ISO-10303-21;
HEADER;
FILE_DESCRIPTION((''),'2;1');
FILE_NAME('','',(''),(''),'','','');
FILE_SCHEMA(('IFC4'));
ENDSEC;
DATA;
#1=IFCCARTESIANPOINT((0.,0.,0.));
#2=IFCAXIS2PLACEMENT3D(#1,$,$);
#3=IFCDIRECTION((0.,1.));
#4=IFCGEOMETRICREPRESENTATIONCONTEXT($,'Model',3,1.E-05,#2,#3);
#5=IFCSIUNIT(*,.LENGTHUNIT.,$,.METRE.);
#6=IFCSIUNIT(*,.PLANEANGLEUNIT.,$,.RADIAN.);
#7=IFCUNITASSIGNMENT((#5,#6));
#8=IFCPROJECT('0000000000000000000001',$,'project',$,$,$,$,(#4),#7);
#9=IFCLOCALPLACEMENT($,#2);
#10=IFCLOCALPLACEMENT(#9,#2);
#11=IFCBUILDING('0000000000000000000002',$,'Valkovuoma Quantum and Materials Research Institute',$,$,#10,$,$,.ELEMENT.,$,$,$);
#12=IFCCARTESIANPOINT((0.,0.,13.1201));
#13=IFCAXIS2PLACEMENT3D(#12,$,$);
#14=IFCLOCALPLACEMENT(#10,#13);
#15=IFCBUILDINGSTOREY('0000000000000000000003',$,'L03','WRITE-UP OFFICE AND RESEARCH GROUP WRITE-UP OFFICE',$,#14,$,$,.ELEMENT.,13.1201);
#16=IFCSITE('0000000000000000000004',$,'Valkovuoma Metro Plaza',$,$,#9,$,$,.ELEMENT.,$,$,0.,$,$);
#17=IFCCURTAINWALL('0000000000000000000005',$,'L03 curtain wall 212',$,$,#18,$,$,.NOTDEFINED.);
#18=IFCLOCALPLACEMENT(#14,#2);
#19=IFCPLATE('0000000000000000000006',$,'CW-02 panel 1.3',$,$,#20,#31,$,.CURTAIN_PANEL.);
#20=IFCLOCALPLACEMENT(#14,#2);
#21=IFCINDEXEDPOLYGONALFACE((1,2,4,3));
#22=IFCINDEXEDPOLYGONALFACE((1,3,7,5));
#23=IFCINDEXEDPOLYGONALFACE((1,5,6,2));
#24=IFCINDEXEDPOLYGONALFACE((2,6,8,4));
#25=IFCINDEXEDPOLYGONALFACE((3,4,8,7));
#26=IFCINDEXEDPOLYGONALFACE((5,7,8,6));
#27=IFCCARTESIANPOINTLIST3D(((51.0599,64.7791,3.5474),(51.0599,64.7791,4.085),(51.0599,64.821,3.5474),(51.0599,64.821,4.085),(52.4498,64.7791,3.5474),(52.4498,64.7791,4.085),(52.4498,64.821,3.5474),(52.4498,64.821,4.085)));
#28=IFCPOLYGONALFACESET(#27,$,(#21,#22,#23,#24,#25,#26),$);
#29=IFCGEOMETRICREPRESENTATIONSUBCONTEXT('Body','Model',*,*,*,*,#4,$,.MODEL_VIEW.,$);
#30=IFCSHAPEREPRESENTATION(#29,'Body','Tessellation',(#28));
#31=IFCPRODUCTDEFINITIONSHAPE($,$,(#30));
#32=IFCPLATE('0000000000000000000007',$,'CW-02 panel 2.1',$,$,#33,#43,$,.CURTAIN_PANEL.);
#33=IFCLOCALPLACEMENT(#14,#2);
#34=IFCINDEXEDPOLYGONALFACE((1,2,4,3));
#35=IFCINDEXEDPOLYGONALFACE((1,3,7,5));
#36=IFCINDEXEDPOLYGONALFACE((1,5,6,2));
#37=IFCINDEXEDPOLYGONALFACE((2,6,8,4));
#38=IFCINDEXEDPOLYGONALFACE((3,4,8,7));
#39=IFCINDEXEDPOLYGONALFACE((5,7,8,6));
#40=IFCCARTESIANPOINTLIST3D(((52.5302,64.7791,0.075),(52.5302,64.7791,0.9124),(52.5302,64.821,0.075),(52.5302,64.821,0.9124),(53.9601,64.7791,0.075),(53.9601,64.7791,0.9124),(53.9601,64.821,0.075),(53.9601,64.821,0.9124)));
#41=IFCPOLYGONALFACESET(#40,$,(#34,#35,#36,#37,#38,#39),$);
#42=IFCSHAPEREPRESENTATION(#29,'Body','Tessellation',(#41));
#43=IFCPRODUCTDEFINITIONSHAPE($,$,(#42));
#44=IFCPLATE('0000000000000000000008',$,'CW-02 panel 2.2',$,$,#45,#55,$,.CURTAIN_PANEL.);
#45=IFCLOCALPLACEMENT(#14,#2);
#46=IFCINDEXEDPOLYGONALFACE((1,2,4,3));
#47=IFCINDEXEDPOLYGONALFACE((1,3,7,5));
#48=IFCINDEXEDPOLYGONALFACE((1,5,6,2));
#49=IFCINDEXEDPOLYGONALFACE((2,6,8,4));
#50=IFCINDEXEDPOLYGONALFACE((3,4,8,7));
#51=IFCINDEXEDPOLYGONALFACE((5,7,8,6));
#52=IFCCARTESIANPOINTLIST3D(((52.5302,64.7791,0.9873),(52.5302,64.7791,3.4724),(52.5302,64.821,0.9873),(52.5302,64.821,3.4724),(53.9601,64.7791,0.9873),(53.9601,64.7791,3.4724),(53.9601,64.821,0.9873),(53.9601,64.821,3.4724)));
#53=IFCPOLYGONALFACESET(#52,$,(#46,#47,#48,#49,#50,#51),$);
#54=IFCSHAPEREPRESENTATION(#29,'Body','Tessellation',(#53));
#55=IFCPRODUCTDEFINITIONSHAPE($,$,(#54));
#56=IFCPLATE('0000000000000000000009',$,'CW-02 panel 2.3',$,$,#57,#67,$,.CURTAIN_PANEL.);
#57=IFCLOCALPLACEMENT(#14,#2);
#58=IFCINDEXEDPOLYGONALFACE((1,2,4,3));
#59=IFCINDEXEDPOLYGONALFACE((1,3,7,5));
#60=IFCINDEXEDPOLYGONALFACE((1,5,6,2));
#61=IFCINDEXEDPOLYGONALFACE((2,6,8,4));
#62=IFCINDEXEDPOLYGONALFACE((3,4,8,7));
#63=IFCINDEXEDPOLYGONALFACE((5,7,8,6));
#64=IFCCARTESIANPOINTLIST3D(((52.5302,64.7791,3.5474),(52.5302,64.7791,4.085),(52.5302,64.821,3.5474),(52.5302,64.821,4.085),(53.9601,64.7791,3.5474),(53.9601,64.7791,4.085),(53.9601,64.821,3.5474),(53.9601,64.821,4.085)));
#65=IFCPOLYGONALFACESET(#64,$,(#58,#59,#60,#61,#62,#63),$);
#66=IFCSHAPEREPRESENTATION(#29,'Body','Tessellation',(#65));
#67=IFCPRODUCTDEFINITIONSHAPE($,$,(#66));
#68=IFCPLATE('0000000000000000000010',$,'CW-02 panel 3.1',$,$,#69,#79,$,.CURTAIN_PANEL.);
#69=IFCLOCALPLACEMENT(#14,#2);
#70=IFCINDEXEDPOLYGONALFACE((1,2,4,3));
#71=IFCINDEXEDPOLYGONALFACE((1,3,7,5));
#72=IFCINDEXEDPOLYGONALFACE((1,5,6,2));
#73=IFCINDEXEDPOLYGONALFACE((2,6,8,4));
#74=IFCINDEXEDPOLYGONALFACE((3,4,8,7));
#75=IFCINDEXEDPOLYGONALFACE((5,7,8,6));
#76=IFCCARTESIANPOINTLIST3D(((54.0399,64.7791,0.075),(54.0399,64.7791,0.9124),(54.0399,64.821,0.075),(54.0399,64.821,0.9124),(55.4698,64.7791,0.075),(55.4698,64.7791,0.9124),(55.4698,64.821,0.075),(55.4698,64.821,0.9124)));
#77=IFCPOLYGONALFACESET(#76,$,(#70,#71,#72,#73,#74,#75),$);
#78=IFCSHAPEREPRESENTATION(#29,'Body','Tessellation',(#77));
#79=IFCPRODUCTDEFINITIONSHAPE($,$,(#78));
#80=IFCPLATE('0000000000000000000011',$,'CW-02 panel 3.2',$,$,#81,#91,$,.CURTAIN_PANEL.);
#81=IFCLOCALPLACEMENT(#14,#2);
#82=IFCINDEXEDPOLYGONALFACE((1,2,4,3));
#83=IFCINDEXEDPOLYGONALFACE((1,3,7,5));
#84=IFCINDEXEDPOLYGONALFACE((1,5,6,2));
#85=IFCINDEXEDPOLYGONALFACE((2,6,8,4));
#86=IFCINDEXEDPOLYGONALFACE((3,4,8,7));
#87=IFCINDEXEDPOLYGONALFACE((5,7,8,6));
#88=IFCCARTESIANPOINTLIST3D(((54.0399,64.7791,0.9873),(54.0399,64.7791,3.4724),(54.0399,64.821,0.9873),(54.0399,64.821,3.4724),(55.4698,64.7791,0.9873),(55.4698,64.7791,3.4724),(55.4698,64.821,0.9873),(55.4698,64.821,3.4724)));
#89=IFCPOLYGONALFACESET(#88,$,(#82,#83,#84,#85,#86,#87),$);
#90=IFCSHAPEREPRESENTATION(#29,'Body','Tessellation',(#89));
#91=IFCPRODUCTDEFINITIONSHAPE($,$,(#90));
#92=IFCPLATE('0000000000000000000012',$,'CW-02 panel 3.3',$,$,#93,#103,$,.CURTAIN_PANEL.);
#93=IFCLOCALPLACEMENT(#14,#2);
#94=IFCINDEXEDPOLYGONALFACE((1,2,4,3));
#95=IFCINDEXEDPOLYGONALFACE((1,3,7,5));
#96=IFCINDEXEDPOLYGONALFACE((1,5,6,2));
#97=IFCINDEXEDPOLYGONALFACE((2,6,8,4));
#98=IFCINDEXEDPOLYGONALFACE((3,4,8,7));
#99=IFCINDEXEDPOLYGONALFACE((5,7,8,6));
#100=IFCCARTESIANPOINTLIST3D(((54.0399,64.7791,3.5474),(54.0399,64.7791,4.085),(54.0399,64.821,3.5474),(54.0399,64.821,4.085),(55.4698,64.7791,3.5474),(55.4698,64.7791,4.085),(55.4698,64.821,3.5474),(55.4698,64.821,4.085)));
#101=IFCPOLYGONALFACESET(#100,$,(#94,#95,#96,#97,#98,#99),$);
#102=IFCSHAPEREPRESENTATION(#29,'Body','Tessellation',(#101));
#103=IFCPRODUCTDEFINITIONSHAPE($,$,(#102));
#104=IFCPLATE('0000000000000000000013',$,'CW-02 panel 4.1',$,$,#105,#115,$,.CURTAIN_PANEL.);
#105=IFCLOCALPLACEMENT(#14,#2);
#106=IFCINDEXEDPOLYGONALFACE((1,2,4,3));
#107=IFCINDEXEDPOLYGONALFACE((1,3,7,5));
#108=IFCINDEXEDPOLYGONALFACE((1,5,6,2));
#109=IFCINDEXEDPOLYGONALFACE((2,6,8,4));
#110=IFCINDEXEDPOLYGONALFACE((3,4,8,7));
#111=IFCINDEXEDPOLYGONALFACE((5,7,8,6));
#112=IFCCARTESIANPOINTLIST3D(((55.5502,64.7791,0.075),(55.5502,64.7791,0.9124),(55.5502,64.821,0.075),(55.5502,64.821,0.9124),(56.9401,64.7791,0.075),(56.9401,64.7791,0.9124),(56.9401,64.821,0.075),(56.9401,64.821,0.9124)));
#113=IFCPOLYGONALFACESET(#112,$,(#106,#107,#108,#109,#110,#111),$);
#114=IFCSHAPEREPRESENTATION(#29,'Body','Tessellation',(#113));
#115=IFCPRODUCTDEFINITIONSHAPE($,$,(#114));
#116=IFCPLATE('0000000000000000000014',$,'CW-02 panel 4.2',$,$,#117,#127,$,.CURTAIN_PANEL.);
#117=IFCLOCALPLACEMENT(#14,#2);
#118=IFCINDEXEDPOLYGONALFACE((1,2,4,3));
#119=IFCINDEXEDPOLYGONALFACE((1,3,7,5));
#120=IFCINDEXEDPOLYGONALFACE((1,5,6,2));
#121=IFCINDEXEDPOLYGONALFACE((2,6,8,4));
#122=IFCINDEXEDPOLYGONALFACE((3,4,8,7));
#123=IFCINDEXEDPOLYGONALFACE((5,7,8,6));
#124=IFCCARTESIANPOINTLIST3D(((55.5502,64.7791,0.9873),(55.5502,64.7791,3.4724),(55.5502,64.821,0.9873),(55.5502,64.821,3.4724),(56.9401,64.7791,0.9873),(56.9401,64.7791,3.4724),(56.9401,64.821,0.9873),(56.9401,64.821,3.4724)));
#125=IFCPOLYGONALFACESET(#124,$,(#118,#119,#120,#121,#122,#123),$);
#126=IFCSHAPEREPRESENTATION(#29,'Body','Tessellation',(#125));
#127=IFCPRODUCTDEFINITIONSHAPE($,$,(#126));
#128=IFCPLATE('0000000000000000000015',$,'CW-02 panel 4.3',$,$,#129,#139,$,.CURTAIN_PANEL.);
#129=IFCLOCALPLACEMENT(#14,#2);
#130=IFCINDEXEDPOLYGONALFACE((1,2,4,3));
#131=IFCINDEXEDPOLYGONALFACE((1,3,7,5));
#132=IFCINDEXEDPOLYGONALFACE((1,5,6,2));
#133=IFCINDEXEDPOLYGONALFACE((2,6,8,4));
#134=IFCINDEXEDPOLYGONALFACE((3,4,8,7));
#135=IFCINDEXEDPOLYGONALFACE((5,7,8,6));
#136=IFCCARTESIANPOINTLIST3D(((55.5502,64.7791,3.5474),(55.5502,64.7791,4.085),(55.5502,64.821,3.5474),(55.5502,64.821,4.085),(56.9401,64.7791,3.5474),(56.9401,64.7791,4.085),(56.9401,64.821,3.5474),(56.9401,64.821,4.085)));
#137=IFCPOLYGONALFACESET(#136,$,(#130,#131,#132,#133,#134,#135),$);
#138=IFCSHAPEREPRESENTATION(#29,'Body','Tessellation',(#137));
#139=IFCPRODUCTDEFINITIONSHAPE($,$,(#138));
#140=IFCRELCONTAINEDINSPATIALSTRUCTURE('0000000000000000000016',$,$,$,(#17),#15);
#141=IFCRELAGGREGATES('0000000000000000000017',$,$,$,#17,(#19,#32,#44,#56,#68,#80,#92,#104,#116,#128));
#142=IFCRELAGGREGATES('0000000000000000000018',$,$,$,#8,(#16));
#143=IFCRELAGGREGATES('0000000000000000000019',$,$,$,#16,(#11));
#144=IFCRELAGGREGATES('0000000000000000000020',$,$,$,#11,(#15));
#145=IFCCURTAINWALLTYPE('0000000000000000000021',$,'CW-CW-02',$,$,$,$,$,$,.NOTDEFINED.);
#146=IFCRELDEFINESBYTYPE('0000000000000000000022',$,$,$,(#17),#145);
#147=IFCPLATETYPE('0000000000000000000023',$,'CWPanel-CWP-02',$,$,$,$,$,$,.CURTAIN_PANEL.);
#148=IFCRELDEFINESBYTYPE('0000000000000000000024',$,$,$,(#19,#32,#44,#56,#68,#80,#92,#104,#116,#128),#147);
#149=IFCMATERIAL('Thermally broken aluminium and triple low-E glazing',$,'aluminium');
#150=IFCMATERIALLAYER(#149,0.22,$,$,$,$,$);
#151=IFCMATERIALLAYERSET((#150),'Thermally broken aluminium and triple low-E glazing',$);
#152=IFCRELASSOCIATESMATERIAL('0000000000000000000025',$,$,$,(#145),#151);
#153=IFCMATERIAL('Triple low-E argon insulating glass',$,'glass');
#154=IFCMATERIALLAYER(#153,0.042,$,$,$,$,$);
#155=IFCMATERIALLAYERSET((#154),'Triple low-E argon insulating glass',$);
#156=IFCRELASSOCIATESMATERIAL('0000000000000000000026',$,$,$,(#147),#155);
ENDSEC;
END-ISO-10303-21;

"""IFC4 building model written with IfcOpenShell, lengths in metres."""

from ifc_helpers import new_model, si_unit, direction, frame, origin, origin_2d, place, context, subcontext, project, spatial, rectangle, extrude, material, layer, layer_set, type_object, element, aggregate, save


model = new_model("IFC4")

# Units and contexts
model_context = context("Model", 3, precision=1e-05, world=origin(), true_north=direction((0.0, 1.0)))
body_context = subcontext(model_context, "Body", "Model", "MODEL_VIEW")
ifc_project = project(units=[si_unit("LENGTHUNIT", "METRE"), si_unit("PLANEANGLEUNIT", "RADIAN")], contexts=[model_context])

# Site, building, storey
site_placement = place(None, origin())
site = spatial("IfcSite", under=ifc_project, at=site_placement, Name="Valkovuoma Metro Plaza", CompositionType="ELEMENT", RefElevation=0.0)
building_placement = place(site_placement, origin())
building = spatial("IfcBuilding", under=site, at=building_placement, Name="Valkovuoma Quantum and Materials Research Institute", CompositionType="ELEMENT")
storey_placement = place(building_placement, frame((0.0, 0.0, 13.1201)))
storey = spatial("IfcBuildingStorey", under=building, at=storey_placement, Name="L03", Description="WRITE-UP OFFICE AND RESEARCH GROUP WRITE-UP OFFICE", CompositionType="ELEMENT", Elevation=13.1201)

# Curtain wall, plates
ifc_material_1 = material(Name="Thermally broken aluminium and triple low-E glazing", Category="aluminium")
ifc_layer_1 = layer(ifc_material_1, 0.22)
ifc_layer_set_1 = layer_set([ifc_layer_1], Name="Thermally broken aluminium and triple low-E glazing")
curtain_wall_type = type_object("IfcCurtainWallType", Name="CW-CW-02", PredefinedType="NOTDEFINED", material=ifc_layer_set_1)
curtain_wall_placement = place(storey_placement, origin())
curtain_wall = element("IfcCurtainWall", 1, at=curtain_wall_placement, inside=storey, type_object=curtain_wall_type, Name="L03 curtain wall 212", PredefinedType="NOTDEFINED")
ifc_material_2 = material(Name="Triple low-E argon insulating glass", Category="glass")
ifc_layer_2 = layer(ifc_material_2, 0.042)
ifc_layer_set_2 = layer_set([ifc_layer_2], Name="Triple low-E argon insulating glass")
plate_type = type_object("IfcPlateType", Name="CWPanel-CWP-02", PredefinedType="CURTAIN_PANEL", material=ifc_layer_set_2)
plate_1_placement = place(storey_placement, frame((51.7549, 64.8, 3.5474), z_axis=(0.0, 0.0, 1.0), x_axis=(1.0, 0.0, 0.0)))
plate_1 = element("IfcPlate", 2, at=plate_1_placement, type_object=plate_type, Name="CW-02 panel 1.3", PredefinedType="CURTAIN_PANEL", context=body_context, shape_type="SweptSolid", body=[
    extrude(rectangle(XDim=1.3899, YDim=0.042, at=origin_2d()), origin(), (0.0, 0.0, 1.0), 0.5376),
])
plate_2_placement = place(storey_placement, frame((53.2451, 64.8, 0.075), z_axis=(0.0, 0.0, 1.0), x_axis=(1.0, 0.0, 0.0)))
plate_2 = element("IfcPlate", 3, at=plate_2_placement, type_object=plate_type, Name="CW-02 panel 2.1", PredefinedType="CURTAIN_PANEL", context=body_context, shape_type="SweptSolid", body=[
    extrude(rectangle(XDim=1.4299, YDim=0.042, at=origin_2d()), origin(), (0.0, 0.0, 1.0), 0.8374),
])
plate_3_placement = place(storey_placement, frame((53.2451, 64.8, 0.9873), z_axis=(0.0, 0.0, 1.0), x_axis=(1.0, 0.0, 0.0)))
plate_3 = element("IfcPlate", 4, at=plate_3_placement, type_object=plate_type, Name="CW-02 panel 2.2", PredefinedType="CURTAIN_PANEL", context=body_context, shape_type="SweptSolid", body=[
    extrude(rectangle(XDim=1.4299, YDim=0.042, at=origin_2d()), origin(), (0.0, 0.0, 1.0), 2.4851),
])
plate_4_placement = place(storey_placement, frame((53.2451, 64.8, 3.5474), z_axis=(0.0, 0.0, 1.0), x_axis=(1.0, 0.0, 0.0)))
plate_4 = element("IfcPlate", 5, at=plate_4_placement, type_object=plate_type, Name="CW-02 panel 2.3", PredefinedType="CURTAIN_PANEL", context=body_context, shape_type="SweptSolid", body=[
    extrude(rectangle(XDim=1.4299, YDim=0.042, at=origin_2d()), origin(), (0.0, 0.0, 1.0), 0.5376),
])
plate_5_placement = place(storey_placement, frame((54.7549, 64.8, 0.075), z_axis=(0.0, 0.0, 1.0), x_axis=(1.0, 0.0, 0.0)))
plate_5 = element("IfcPlate", 6, at=plate_5_placement, type_object=plate_type, Name="CW-02 panel 3.1", PredefinedType="CURTAIN_PANEL", context=body_context, shape_type="SweptSolid", body=[
    extrude(rectangle(XDim=1.4299, YDim=0.042, at=origin_2d()), origin(), (0.0, 0.0, 1.0), 0.8374),
])
plate_6_placement = place(storey_placement, frame((54.7549, 64.8, 0.9873), z_axis=(0.0, 0.0, 1.0), x_axis=(1.0, 0.0, 0.0)))
plate_6 = element("IfcPlate", 7, at=plate_6_placement, type_object=plate_type, Name="CW-02 panel 3.2", PredefinedType="CURTAIN_PANEL", context=body_context, shape_type="SweptSolid", body=[
    extrude(rectangle(XDim=1.4299, YDim=0.042, at=origin_2d()), origin(), (0.0, 0.0, 1.0), 2.4851),
])
plate_7_placement = place(storey_placement, frame((54.7549, 64.8, 3.5474), z_axis=(0.0, 0.0, 1.0), x_axis=(1.0, 0.0, 0.0)))
plate_7 = element("IfcPlate", 8, at=plate_7_placement, type_object=plate_type, Name="CW-02 panel 3.3", PredefinedType="CURTAIN_PANEL", context=body_context, shape_type="SweptSolid", body=[
    extrude(rectangle(XDim=1.4299, YDim=0.042, at=origin_2d()), origin(), (0.0, 0.0, 1.0), 0.5376),
])
plate_8_placement = place(storey_placement, frame((56.2451, 64.8, 0.075), z_axis=(0.0, 0.0, 1.0), x_axis=(1.0, 0.0, 0.0)))
plate_8 = element("IfcPlate", 9, at=plate_8_placement, type_object=plate_type, Name="CW-02 panel 4.1", PredefinedType="CURTAIN_PANEL", context=body_context, shape_type="SweptSolid", body=[
    extrude(rectangle(XDim=1.3899, YDim=0.042, at=origin_2d()), origin(), (0.0, 0.0, 1.0), 0.8374),
])
plate_9_placement = place(storey_placement, frame((56.2451, 64.8, 0.9873), z_axis=(0.0, 0.0, 1.0), x_axis=(1.0, 0.0, 0.0)))
plate_9 = element("IfcPlate", 10, at=plate_9_placement, type_object=plate_type, Name="CW-02 panel 4.2", PredefinedType="CURTAIN_PANEL", context=body_context, shape_type="SweptSolid", body=[
    extrude(rectangle(XDim=1.3899, YDim=0.042, at=origin_2d()), origin(), (0.0, 0.0, 1.0), 2.4851),
])
plate_10_placement = place(storey_placement, frame((56.2451, 64.8, 3.5474), z_axis=(0.0, 0.0, 1.0), x_axis=(1.0, 0.0, 0.0)))
plate_10 = element("IfcPlate", 11, at=plate_10_placement, type_object=plate_type, Name="CW-02 panel 4.3", PredefinedType="CURTAIN_PANEL", context=body_context, shape_type="SweptSolid", body=[
    extrude(rectangle(XDim=1.3899, YDim=0.042, at=origin_2d()), origin(), (0.0, 0.0, 1.0), 0.5376),
])
aggregate(curtain_wall, [plate_1, plate_2, plate_3, plate_4, plate_5, plate_6, plate_7, plate_8, plate_9, plate_10])

save(model, "model.ifc")
